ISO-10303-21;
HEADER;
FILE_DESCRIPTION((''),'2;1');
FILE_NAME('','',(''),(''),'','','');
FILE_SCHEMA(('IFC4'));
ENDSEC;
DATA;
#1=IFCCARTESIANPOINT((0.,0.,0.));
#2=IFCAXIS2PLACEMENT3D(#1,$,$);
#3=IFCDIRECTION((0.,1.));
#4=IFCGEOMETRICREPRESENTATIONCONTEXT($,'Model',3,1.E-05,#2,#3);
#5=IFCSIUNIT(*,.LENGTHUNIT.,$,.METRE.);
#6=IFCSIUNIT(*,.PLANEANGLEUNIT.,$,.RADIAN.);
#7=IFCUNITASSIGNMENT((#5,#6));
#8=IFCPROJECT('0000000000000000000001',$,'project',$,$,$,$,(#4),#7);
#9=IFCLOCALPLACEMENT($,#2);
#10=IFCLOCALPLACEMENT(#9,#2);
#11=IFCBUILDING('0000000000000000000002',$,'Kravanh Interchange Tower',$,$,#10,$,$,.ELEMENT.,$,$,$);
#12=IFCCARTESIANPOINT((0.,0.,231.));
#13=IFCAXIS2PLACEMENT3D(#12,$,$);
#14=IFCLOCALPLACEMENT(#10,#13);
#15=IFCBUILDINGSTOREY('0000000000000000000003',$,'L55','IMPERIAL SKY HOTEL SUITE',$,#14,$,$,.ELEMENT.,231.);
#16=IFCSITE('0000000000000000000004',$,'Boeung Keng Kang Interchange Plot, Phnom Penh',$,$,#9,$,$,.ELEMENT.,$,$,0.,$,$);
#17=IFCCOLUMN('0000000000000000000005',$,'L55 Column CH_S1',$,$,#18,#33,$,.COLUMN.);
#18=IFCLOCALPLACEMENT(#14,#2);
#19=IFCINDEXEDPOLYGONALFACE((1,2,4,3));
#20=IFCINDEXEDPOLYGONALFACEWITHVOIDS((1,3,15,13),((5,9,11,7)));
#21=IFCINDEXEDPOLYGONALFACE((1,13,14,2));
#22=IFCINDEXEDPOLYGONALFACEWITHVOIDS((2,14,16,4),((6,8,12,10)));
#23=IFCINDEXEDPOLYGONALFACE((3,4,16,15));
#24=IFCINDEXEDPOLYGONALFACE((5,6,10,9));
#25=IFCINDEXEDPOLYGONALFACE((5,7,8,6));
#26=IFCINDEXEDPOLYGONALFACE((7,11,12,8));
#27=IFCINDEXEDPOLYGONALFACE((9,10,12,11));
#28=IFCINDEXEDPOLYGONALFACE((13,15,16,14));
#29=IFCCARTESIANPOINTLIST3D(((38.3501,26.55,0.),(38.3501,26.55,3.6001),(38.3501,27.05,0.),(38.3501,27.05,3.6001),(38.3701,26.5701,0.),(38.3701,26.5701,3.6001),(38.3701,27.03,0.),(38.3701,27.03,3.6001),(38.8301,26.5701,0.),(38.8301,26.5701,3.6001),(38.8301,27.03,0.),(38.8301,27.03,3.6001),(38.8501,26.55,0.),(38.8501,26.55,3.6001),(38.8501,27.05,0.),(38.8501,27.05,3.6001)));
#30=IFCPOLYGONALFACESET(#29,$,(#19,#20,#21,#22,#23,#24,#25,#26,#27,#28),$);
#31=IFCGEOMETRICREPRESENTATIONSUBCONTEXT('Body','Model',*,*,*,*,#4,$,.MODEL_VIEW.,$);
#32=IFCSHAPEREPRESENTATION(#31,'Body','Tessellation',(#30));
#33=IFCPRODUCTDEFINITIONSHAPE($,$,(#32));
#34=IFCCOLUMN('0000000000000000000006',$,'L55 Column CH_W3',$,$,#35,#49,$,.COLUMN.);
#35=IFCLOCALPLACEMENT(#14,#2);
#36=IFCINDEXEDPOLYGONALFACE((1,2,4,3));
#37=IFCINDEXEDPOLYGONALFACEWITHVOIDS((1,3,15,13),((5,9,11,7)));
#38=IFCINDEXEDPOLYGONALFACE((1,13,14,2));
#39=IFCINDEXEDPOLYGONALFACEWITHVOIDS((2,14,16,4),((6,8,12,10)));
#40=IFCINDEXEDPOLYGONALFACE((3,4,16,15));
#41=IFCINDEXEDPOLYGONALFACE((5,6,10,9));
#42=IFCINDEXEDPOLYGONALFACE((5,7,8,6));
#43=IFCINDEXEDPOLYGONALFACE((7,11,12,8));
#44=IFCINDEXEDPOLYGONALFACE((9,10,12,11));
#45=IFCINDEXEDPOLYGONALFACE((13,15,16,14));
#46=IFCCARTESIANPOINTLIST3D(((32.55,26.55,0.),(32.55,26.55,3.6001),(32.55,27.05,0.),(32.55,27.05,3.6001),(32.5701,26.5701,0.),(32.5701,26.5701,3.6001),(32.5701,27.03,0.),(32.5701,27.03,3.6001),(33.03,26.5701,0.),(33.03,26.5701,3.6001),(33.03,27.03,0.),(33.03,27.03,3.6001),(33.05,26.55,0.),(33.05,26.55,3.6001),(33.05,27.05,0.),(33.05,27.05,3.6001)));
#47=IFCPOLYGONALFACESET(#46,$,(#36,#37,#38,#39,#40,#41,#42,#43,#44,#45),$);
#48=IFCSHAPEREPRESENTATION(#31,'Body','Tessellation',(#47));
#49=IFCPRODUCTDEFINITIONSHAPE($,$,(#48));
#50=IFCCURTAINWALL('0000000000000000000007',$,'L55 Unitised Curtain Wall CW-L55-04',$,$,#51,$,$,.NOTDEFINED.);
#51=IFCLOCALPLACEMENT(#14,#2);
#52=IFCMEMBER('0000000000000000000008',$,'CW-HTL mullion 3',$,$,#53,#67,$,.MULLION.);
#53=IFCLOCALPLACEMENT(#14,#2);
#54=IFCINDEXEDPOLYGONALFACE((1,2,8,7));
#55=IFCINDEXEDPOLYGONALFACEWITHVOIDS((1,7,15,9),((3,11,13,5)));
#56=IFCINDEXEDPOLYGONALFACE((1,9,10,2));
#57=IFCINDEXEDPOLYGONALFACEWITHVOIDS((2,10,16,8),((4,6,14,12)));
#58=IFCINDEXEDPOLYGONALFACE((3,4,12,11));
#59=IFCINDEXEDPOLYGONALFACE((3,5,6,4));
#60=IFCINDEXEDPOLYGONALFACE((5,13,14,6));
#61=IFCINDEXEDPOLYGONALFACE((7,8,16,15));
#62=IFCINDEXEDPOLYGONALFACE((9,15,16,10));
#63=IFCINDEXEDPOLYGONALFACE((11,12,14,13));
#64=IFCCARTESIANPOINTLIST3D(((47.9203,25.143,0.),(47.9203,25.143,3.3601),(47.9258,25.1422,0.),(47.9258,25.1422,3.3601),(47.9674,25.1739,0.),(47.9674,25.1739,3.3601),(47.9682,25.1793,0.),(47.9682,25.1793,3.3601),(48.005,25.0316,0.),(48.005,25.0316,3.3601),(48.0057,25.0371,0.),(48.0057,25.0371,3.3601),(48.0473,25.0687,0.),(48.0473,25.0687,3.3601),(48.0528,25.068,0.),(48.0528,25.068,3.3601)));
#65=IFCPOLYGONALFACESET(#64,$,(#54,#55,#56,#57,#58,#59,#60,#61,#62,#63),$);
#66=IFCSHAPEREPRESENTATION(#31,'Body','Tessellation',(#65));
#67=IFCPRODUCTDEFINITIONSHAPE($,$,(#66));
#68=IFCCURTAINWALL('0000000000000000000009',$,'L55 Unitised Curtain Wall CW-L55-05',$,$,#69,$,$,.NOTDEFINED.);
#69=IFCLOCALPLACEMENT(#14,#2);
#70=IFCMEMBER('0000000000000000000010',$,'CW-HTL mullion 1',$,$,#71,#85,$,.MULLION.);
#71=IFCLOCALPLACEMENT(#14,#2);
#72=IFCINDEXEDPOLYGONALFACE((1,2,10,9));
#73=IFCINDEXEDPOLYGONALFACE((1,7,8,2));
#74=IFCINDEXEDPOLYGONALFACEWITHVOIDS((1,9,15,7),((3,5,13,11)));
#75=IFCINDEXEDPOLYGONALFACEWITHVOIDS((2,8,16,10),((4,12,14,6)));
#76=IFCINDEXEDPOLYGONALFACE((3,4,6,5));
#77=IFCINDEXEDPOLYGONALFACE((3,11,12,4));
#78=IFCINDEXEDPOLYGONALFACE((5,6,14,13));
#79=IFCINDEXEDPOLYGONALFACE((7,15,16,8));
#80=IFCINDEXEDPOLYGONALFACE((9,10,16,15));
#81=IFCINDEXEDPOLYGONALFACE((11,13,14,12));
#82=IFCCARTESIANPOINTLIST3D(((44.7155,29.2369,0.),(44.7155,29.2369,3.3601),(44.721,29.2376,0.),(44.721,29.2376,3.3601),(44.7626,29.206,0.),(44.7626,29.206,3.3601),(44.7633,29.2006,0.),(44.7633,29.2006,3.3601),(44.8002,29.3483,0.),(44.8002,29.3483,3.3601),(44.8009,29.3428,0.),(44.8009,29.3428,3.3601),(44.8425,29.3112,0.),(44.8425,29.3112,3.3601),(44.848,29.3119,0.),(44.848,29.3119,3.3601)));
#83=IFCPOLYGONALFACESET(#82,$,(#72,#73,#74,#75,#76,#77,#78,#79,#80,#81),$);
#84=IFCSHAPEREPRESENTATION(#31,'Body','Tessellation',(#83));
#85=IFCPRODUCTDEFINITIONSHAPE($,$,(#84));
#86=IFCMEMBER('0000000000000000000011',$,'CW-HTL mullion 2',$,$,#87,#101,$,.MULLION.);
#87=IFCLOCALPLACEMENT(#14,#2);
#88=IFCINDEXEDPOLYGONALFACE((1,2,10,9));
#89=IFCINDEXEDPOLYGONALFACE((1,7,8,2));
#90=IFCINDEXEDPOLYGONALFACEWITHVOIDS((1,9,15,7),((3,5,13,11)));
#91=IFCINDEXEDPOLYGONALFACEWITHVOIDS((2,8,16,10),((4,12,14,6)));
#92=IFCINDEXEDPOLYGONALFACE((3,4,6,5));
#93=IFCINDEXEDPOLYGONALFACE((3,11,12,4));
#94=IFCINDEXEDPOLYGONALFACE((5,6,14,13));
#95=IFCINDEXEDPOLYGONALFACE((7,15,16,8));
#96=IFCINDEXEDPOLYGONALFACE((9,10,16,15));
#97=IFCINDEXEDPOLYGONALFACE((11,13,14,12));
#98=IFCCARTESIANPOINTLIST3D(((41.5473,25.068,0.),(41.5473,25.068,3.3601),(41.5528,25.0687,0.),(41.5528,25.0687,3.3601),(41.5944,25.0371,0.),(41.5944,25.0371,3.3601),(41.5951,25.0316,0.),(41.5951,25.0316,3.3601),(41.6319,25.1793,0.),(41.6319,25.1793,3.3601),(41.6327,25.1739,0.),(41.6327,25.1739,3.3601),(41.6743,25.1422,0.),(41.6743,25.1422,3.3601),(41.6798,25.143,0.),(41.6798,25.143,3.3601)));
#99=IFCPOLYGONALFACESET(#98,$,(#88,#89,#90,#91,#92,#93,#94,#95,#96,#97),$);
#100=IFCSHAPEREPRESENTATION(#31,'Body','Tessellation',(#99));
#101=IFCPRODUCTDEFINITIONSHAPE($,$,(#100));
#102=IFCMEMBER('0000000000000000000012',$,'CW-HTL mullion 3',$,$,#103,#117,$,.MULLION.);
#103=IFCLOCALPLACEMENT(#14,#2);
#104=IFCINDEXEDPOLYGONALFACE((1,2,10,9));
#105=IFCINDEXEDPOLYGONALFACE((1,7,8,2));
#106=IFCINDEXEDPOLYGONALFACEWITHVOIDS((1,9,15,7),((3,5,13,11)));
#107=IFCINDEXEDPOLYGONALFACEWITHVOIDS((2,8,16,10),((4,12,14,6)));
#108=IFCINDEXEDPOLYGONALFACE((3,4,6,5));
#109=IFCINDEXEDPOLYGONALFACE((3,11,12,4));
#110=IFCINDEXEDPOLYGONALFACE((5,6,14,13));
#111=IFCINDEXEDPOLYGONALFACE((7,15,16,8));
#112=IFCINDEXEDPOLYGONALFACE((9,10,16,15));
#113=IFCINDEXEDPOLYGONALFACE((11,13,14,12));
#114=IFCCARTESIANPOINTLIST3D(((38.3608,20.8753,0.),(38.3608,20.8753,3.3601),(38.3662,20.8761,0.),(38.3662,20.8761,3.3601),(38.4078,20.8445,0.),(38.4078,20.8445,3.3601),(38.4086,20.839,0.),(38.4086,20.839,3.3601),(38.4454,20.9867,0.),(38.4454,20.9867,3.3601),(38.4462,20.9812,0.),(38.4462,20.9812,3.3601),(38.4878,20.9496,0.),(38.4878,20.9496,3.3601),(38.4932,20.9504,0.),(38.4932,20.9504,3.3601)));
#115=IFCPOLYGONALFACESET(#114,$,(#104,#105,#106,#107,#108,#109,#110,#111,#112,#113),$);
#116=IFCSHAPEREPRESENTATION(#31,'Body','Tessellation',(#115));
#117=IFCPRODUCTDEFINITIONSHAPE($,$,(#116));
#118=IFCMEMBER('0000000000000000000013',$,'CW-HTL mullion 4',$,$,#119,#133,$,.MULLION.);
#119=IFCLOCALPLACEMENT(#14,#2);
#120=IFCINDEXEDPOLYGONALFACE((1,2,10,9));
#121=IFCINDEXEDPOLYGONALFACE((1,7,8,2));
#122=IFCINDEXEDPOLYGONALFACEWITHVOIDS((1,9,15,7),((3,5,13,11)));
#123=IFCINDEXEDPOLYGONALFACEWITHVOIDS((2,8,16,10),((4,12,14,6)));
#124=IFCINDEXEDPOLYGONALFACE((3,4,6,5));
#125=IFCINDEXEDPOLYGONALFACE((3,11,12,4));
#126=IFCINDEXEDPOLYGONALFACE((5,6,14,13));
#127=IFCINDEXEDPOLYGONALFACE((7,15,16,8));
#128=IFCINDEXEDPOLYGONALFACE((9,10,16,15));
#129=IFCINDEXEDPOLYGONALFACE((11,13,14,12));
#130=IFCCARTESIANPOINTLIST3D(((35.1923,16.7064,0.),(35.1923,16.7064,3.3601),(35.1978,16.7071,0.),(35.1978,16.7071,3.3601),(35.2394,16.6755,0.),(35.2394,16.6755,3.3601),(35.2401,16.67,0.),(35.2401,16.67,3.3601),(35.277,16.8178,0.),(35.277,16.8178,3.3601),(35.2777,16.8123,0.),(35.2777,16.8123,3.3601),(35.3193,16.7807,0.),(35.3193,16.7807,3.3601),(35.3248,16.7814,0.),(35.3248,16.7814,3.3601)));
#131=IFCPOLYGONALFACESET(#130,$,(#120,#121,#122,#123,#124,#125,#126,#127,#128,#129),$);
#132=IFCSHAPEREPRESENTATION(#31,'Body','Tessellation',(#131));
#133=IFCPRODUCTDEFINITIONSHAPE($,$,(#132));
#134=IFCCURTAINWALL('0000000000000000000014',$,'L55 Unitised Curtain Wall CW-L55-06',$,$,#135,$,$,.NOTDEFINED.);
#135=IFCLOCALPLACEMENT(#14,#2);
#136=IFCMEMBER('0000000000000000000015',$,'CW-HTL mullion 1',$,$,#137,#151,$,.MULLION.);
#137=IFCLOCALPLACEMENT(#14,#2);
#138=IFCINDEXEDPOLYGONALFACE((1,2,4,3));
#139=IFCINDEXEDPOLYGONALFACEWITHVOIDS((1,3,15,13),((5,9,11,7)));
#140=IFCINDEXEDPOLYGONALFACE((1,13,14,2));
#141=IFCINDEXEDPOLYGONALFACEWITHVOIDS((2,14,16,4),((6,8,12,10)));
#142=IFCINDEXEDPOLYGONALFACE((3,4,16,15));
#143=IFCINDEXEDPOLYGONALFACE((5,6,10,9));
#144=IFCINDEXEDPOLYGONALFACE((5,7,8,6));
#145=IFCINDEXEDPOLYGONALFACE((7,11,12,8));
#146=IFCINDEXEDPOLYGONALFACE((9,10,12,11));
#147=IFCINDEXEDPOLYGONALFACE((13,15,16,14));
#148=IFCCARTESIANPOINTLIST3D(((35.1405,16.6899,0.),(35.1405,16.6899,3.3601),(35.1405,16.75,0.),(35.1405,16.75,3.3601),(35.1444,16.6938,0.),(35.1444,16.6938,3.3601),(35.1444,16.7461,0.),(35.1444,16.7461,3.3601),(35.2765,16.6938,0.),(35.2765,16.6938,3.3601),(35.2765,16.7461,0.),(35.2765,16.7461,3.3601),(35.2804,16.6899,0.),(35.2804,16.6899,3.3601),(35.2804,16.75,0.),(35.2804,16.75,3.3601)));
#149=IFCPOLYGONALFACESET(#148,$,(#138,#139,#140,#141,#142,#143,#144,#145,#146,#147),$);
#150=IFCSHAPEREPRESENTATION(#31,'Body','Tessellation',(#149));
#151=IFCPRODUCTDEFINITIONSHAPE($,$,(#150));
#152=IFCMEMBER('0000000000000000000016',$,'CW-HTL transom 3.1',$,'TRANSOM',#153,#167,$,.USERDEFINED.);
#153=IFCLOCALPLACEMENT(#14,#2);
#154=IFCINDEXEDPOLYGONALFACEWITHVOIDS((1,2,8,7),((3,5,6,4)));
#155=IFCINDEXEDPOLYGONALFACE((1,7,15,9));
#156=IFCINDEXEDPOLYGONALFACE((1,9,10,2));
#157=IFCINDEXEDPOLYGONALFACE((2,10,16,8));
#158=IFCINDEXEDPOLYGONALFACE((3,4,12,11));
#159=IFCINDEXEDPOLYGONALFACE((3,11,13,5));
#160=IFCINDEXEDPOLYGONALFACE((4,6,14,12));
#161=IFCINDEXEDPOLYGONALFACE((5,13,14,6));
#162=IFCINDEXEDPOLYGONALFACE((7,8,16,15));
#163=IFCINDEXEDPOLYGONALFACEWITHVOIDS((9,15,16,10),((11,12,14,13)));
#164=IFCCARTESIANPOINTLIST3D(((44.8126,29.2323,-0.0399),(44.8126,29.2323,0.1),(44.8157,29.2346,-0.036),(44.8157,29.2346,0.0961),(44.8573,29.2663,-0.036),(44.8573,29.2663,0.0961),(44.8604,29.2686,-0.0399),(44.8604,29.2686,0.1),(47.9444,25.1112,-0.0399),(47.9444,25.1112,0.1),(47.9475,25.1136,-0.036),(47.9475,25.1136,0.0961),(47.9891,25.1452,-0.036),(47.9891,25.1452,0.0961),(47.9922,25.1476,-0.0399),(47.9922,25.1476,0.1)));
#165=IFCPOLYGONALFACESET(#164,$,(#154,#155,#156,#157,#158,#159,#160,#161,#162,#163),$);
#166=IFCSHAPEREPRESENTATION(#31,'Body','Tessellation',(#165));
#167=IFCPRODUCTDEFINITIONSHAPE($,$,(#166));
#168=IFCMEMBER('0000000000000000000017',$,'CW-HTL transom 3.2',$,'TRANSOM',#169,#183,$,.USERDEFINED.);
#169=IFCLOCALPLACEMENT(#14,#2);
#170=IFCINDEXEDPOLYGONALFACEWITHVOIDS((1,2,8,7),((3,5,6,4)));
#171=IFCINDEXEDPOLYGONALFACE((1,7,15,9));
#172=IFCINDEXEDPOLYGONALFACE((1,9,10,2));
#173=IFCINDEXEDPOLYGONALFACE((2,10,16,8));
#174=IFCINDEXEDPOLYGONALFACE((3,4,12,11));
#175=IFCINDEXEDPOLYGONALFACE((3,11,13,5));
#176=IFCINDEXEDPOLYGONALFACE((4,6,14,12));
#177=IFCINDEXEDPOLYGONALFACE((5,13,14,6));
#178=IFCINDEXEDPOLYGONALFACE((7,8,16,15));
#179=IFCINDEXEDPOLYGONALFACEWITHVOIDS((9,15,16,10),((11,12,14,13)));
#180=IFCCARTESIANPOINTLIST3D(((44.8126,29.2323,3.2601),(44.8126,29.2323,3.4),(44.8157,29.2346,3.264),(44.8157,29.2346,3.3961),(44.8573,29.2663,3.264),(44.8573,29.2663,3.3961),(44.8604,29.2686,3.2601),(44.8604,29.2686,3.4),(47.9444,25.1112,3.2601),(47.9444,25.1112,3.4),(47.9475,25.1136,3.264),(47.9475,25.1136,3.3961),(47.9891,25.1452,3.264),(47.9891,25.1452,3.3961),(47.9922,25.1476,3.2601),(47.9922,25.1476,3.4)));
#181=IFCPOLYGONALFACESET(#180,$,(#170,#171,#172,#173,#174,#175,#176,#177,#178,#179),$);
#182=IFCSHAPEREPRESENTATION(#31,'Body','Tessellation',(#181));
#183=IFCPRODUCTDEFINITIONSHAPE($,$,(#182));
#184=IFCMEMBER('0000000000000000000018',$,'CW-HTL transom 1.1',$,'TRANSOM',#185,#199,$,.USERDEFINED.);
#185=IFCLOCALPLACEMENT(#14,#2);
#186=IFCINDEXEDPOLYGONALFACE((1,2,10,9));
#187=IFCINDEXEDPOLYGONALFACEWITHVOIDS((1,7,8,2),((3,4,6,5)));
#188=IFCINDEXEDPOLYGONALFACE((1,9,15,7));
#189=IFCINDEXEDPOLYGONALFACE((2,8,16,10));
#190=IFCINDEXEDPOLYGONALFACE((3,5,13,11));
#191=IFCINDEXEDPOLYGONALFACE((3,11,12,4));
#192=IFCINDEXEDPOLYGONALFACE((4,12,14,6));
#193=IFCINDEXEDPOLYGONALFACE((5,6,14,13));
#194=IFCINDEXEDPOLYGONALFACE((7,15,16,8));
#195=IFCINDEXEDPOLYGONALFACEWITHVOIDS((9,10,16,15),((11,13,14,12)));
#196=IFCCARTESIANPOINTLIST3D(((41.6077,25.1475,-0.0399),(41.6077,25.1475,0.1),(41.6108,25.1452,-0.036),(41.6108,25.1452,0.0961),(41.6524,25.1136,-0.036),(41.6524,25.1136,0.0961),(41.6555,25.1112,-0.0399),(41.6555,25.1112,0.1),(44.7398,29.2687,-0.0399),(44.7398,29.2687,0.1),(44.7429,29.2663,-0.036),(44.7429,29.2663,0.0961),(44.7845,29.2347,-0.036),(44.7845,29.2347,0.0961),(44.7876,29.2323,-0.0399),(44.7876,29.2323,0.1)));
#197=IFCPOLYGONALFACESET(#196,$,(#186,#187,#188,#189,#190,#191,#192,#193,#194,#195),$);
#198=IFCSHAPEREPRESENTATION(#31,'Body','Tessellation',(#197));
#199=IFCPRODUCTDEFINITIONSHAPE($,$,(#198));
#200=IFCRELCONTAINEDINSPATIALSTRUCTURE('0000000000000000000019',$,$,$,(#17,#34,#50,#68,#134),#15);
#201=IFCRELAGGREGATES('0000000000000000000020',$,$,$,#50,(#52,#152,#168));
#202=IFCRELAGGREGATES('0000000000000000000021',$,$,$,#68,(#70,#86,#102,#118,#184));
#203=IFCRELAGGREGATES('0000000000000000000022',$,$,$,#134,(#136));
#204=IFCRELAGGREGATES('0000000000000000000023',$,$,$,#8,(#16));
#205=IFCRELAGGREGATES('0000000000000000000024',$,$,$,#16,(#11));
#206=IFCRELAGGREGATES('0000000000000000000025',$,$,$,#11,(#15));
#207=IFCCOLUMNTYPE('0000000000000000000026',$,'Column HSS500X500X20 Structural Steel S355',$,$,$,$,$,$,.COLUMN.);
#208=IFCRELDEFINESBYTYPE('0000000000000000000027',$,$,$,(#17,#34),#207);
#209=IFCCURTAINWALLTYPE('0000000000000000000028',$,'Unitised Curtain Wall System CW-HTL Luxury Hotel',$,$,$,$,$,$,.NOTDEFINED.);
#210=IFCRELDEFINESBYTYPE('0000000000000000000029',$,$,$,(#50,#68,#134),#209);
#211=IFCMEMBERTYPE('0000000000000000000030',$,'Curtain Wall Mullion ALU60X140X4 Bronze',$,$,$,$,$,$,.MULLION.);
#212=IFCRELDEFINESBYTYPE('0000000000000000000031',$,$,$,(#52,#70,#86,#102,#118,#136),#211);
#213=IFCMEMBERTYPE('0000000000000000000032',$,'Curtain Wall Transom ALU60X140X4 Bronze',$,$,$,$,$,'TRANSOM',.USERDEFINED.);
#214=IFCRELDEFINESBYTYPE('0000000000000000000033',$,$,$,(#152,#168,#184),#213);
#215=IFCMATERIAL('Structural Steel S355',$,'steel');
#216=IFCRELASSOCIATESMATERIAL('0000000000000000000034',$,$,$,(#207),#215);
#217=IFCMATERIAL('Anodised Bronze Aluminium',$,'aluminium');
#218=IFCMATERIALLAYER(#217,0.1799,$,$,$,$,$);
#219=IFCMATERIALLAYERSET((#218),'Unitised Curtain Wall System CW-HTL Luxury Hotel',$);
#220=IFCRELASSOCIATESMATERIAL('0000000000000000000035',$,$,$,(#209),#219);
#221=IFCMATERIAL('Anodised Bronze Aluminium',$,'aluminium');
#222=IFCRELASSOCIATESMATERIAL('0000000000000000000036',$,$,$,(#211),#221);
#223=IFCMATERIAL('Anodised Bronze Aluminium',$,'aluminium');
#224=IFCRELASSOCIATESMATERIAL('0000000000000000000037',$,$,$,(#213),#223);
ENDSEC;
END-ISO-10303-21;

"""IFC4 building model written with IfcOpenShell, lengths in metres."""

from ifc_helpers import new_model, si_unit, direction, frame, origin, origin_2d, place, context, subcontext, project, spatial, hollow_rectangle, extrude, material, layer, layer_set, material_profile, profile_set, type_object, element, aggregate, save


model = new_model("IFC4")

# Units and contexts
model_context = context("Model", 3, precision=1e-05, world=origin(), true_north=direction((0.0, 1.0)))
body_context = subcontext(model_context, "Body", "Model", "MODEL_VIEW")
ifc_project = project(units=[si_unit("LENGTHUNIT", "METRE"), si_unit("PLANEANGLEUNIT", "RADIAN")], contexts=[model_context])

# Site, building, storey
site_placement = place(None, origin())
site = spatial("IfcSite", under=ifc_project, at=site_placement, Name="Boeung Keng Kang Interchange Plot, Phnom Penh", CompositionType="ELEMENT", RefElevation=0.0)
building_placement = place(site_placement, origin())
building = spatial("IfcBuilding", under=site, at=building_placement, Name="Kravanh Interchange Tower", CompositionType="ELEMENT")
storey_placement = place(building_placement, frame((0.0, 0.0, 231.0)))
storey = spatial("IfcBuildingStorey", under=building, at=storey_placement, Name="L55", Description="IMPERIAL SKY HOTEL SUITE", CompositionType="ELEMENT", Elevation=231.0)

# Columns
ifc_material_1 = material(Name="Structural Steel S355", Category="steel")
ifc_material_profile_1 = material_profile(ifc_material_1, hollow_rectangle(XDim=0.5, YDim=0.5, WallThickness=0.02, at=origin_2d()), Name="HSS500X500X20")
ifc_profile_set_1 = profile_set([ifc_material_profile_1], Name="Structural Steel S355")
column_type = type_object("IfcColumnType", Name="Column HSS500X500X20 Structural Steel S355", PredefinedType="COLUMN", material=ifc_profile_set_1)
for number, where, z_axis, x_axis, name in (
    (1, (38.6001, 26.8, 0.0), (0.0, 0.0, 1.0), (1.0, 0.0, 0.0), "L55 Column CH_S1"),
    (2, (32.8, 26.8, 0.0), (0.0, 0.0, 1.0), (1.0, 0.0, 0.0), "L55 Column CH_W3"),
):
    element("IfcColumn", number, at=place(storey_placement, frame(where, z_axis=z_axis, x_axis=x_axis)), inside=storey, type_object=column_type, Name=name, PredefinedType="COLUMN", context=body_context, shape_type="SweptSolid", body=[
        extrude(hollow_rectangle(XDim=0.5, YDim=0.5, WallThickness=0.02, at=origin_2d()), origin(), (0.0, 0.0, 1.0), 3.6001),
    ])

# Curtain wall, member
ifc_material_2 = material(Name="Anodised Bronze Aluminium", Category="aluminium")
ifc_layer_1 = layer(ifc_material_2, 0.1799)
ifc_layer_set_1 = layer_set([ifc_layer_1], Name="Unitised Curtain Wall System CW-HTL Luxury Hotel")
curtain_wall_type = type_object("IfcCurtainWallType", Name="Unitised Curtain Wall System CW-HTL Luxury Hotel", PredefinedType="NOTDEFINED", material=ifc_layer_set_1)
curtain_wall_1_placement = place(storey_placement, origin())
curtain_wall_1 = element("IfcCurtainWall", 3, at=curtain_wall_1_placement, inside=storey, type_object=curtain_wall_type, Name="L55 Unitised Curtain Wall CW-L55-04", PredefinedType="NOTDEFINED")
ifc_material_3 = material(Name="Anodised Bronze Aluminium", Category="aluminium")
ifc_material_profile_2 = material_profile(ifc_material_3, hollow_rectangle(XDim=0.0601, YDim=0.1399, WallThickness=0.0039, at=origin_2d()), Name="ALU60X140X4")
ifc_profile_set_2 = profile_set([ifc_material_profile_2], Name="Anodised Bronze Aluminium")
member_type_1 = type_object("IfcMemberType", Name="Curtain Wall Mullion ALU60X140X4 Bronze", PredefinedType="MULLION", material=ifc_profile_set_2)
member_1_placement = place(storey_placement, frame((47.9866, 25.1055, 0.0), z_axis=(0.0, 0.0, 1.0), x_axis=(-0.796162, -0.605083, 0.0)))
member_1 = element("IfcMember", 4, at=member_1_placement, type_object=member_type_1, Name="CW-HTL mullion 3", PredefinedType="MULLION", context=body_context, shape_type="SweptSolid", body=[
    extrude(hollow_rectangle(XDim=0.0601, YDim=0.1399, WallThickness=0.0039, at=origin_2d()), origin(), (0.0, 0.0, 1.0), 3.3601),
])

# Curtain wall, members
curtain_wall_2_placement = place(storey_placement, origin())
curtain_wall_2 = element("IfcCurtainWall", 5, at=curtain_wall_2_placement, inside=storey, type_object=curtain_wall_type, Name="L55 Unitised Curtain Wall CW-L55-05", PredefinedType="NOTDEFINED")
member_2_placement = place(storey_placement, frame((44.7817, 29.2744, 0.0), z_axis=(0.0, 0.0, 1.0), x_axis=(0.796162, -0.605083, 0.0)))
member_2 = element("IfcMember", 6, at=member_2_placement, type_object=member_type_1, Name="CW-HTL mullion 1", PredefinedType="MULLION", context=body_context, shape_type="SweptSolid", body=[
    extrude(hollow_rectangle(XDim=0.0601, YDim=0.1399, WallThickness=0.0039, at=origin_2d()), origin(), (0.0, 0.0, 1.0), 3.3601),
])
member_3_placement = place(storey_placement, frame((41.6135, 25.1055, 0.0), z_axis=(0.0, 0.0, 1.0), x_axis=(0.796162, -0.605083, 0.0)))
member_3 = element("IfcMember", 7, at=member_3_placement, type_object=member_type_1, Name="CW-HTL mullion 2", PredefinedType="MULLION", context=body_context, shape_type="SweptSolid", body=[
    extrude(hollow_rectangle(XDim=0.0601, YDim=0.1399, WallThickness=0.0039, at=origin_2d()), origin(), (0.0, 0.0, 1.0), 3.3601),
])
member_4_placement = place(storey_placement, frame((38.427, 20.9128, 0.0), z_axis=(0.0, 0.0, 1.0), x_axis=(0.796162, -0.605083, 0.0)))
member_4 = element("IfcMember", 8, at=member_4_placement, type_object=member_type_1, Name="CW-HTL mullion 3", PredefinedType="MULLION", context=body_context, shape_type="SweptSolid", body=[
    extrude(hollow_rectangle(XDim=0.0601, YDim=0.1399, WallThickness=0.0039, at=origin_2d()), origin(), (0.0, 0.0, 1.0), 3.3601),
])
member_5_placement = place(storey_placement, frame((35.2585, 16.7439, 0.0), z_axis=(0.0, 0.0, 1.0), x_axis=(0.796162, -0.605083, 0.0)))
member_5 = element("IfcMember", 9, at=member_5_placement, type_object=member_type_1, Name="CW-HTL mullion 4", PredefinedType="MULLION", context=body_context, shape_type="SweptSolid", body=[
    extrude(hollow_rectangle(XDim=0.0601, YDim=0.1399, WallThickness=0.0039, at=origin_2d()), origin(), (0.0, 0.0, 1.0), 3.3601),
])

# Curtain wall, member
curtain_wall_3_placement = place(storey_placement, origin())
curtain_wall_3 = element("IfcCurtainWall", 10, at=curtain_wall_3_placement, inside=storey, type_object=curtain_wall_type, Name="L55 Unitised Curtain Wall CW-L55-06", PredefinedType="NOTDEFINED")
member_6_placement = place(storey_placement, frame((35.2104, 16.72, 0.0), z_axis=(0.0, 0.0, 1.0), x_axis=(0.0, -1.0, 0.0)))
member_6 = element("IfcMember", 11, at=member_6_placement, type_object=member_type_1, Name="CW-HTL mullion 1", PredefinedType="MULLION", context=body_context, shape_type="SweptSolid", body=[
    extrude(hollow_rectangle(XDim=0.0601, YDim=0.1399, WallThickness=0.0039, at=origin_2d()), origin(), (0.0, 0.0, 1.0), 3.3601),
])

# Members
ifc_material_4 = material(Name="Anodised Bronze Aluminium", Category="aluminium")
ifc_material_profile_3 = material_profile(ifc_material_4, hollow_rectangle(XDim=0.0601, YDim=0.1399, WallThickness=0.0039, at=origin_2d()), Name="ALU60X140X4")
ifc_profile_set_3 = profile_set([ifc_material_profile_3], Name="Anodised Bronze Aluminium")
member_type_2 = type_object("IfcMemberType", Name="Curtain Wall Transom ALU60X140X4 Bronze", ElementType="TRANSOM", PredefinedType="USERDEFINED", material=ifc_profile_set_3)
member_7_placement = place(storey_placement, frame((47.9683, 25.1294, 0.03), z_axis=(-0.605059, 0.79618, 0.0), x_axis=(-0.79618, -0.605059, 0.0)))
member_7 = element("IfcMember", 12, at=member_7_placement, type_object=member_type_2, Name="CW-HTL transom 3.1", ObjectType="TRANSOM", PredefinedType="USERDEFINED", context=body_context, shape_type="SweptSolid", body=[
    extrude(hollow_rectangle(XDim=0.0601, YDim=0.1399, WallThickness=0.0039, at=origin_2d()), origin(), (0.0, 0.0, 1.0), 5.176),
])
member_8_placement = place(storey_placement, frame((47.9683, 25.1294, 3.3301), z_axis=(-0.605059, 0.79618, 0.0), x_axis=(-0.79618, -0.605059, 0.0)))
member_8 = element("IfcMember", 13, at=member_8_placement, type_object=member_type_2, Name="CW-HTL transom 3.2", ObjectType="TRANSOM", PredefinedType="USERDEFINED", context=body_context, shape_type="SweptSolid", body=[
    extrude(hollow_rectangle(XDim=0.0601, YDim=0.1399, WallThickness=0.0039, at=origin_2d()), origin(), (0.0, 0.0, 1.0), 5.176),
])
member_9_placement = place(storey_placement, frame((44.7637, 29.2505, 0.03), z_axis=(-0.605089, -0.796158, 0.0), x_axis=(0.796158, -0.605089, 0.0)))
member_9 = element("IfcMember", 14, at=member_9_placement, type_object=member_type_2, Name="CW-HTL transom 1.1", ObjectType="TRANSOM", PredefinedType="USERDEFINED", context=body_context, shape_type="SweptSolid", body=[
    extrude(hollow_rectangle(XDim=0.0601, YDim=0.1399, WallThickness=0.0039, at=origin_2d()), origin(), (0.0, 0.0, 1.0), 5.1763),
])

aggregate(curtain_wall_1, [member_1, member_7, member_8])
aggregate(curtain_wall_2, [member_2, member_3, member_4, member_5, member_9])
aggregate(curtain_wall_3, [member_6])

save(model, "model.ifc")
